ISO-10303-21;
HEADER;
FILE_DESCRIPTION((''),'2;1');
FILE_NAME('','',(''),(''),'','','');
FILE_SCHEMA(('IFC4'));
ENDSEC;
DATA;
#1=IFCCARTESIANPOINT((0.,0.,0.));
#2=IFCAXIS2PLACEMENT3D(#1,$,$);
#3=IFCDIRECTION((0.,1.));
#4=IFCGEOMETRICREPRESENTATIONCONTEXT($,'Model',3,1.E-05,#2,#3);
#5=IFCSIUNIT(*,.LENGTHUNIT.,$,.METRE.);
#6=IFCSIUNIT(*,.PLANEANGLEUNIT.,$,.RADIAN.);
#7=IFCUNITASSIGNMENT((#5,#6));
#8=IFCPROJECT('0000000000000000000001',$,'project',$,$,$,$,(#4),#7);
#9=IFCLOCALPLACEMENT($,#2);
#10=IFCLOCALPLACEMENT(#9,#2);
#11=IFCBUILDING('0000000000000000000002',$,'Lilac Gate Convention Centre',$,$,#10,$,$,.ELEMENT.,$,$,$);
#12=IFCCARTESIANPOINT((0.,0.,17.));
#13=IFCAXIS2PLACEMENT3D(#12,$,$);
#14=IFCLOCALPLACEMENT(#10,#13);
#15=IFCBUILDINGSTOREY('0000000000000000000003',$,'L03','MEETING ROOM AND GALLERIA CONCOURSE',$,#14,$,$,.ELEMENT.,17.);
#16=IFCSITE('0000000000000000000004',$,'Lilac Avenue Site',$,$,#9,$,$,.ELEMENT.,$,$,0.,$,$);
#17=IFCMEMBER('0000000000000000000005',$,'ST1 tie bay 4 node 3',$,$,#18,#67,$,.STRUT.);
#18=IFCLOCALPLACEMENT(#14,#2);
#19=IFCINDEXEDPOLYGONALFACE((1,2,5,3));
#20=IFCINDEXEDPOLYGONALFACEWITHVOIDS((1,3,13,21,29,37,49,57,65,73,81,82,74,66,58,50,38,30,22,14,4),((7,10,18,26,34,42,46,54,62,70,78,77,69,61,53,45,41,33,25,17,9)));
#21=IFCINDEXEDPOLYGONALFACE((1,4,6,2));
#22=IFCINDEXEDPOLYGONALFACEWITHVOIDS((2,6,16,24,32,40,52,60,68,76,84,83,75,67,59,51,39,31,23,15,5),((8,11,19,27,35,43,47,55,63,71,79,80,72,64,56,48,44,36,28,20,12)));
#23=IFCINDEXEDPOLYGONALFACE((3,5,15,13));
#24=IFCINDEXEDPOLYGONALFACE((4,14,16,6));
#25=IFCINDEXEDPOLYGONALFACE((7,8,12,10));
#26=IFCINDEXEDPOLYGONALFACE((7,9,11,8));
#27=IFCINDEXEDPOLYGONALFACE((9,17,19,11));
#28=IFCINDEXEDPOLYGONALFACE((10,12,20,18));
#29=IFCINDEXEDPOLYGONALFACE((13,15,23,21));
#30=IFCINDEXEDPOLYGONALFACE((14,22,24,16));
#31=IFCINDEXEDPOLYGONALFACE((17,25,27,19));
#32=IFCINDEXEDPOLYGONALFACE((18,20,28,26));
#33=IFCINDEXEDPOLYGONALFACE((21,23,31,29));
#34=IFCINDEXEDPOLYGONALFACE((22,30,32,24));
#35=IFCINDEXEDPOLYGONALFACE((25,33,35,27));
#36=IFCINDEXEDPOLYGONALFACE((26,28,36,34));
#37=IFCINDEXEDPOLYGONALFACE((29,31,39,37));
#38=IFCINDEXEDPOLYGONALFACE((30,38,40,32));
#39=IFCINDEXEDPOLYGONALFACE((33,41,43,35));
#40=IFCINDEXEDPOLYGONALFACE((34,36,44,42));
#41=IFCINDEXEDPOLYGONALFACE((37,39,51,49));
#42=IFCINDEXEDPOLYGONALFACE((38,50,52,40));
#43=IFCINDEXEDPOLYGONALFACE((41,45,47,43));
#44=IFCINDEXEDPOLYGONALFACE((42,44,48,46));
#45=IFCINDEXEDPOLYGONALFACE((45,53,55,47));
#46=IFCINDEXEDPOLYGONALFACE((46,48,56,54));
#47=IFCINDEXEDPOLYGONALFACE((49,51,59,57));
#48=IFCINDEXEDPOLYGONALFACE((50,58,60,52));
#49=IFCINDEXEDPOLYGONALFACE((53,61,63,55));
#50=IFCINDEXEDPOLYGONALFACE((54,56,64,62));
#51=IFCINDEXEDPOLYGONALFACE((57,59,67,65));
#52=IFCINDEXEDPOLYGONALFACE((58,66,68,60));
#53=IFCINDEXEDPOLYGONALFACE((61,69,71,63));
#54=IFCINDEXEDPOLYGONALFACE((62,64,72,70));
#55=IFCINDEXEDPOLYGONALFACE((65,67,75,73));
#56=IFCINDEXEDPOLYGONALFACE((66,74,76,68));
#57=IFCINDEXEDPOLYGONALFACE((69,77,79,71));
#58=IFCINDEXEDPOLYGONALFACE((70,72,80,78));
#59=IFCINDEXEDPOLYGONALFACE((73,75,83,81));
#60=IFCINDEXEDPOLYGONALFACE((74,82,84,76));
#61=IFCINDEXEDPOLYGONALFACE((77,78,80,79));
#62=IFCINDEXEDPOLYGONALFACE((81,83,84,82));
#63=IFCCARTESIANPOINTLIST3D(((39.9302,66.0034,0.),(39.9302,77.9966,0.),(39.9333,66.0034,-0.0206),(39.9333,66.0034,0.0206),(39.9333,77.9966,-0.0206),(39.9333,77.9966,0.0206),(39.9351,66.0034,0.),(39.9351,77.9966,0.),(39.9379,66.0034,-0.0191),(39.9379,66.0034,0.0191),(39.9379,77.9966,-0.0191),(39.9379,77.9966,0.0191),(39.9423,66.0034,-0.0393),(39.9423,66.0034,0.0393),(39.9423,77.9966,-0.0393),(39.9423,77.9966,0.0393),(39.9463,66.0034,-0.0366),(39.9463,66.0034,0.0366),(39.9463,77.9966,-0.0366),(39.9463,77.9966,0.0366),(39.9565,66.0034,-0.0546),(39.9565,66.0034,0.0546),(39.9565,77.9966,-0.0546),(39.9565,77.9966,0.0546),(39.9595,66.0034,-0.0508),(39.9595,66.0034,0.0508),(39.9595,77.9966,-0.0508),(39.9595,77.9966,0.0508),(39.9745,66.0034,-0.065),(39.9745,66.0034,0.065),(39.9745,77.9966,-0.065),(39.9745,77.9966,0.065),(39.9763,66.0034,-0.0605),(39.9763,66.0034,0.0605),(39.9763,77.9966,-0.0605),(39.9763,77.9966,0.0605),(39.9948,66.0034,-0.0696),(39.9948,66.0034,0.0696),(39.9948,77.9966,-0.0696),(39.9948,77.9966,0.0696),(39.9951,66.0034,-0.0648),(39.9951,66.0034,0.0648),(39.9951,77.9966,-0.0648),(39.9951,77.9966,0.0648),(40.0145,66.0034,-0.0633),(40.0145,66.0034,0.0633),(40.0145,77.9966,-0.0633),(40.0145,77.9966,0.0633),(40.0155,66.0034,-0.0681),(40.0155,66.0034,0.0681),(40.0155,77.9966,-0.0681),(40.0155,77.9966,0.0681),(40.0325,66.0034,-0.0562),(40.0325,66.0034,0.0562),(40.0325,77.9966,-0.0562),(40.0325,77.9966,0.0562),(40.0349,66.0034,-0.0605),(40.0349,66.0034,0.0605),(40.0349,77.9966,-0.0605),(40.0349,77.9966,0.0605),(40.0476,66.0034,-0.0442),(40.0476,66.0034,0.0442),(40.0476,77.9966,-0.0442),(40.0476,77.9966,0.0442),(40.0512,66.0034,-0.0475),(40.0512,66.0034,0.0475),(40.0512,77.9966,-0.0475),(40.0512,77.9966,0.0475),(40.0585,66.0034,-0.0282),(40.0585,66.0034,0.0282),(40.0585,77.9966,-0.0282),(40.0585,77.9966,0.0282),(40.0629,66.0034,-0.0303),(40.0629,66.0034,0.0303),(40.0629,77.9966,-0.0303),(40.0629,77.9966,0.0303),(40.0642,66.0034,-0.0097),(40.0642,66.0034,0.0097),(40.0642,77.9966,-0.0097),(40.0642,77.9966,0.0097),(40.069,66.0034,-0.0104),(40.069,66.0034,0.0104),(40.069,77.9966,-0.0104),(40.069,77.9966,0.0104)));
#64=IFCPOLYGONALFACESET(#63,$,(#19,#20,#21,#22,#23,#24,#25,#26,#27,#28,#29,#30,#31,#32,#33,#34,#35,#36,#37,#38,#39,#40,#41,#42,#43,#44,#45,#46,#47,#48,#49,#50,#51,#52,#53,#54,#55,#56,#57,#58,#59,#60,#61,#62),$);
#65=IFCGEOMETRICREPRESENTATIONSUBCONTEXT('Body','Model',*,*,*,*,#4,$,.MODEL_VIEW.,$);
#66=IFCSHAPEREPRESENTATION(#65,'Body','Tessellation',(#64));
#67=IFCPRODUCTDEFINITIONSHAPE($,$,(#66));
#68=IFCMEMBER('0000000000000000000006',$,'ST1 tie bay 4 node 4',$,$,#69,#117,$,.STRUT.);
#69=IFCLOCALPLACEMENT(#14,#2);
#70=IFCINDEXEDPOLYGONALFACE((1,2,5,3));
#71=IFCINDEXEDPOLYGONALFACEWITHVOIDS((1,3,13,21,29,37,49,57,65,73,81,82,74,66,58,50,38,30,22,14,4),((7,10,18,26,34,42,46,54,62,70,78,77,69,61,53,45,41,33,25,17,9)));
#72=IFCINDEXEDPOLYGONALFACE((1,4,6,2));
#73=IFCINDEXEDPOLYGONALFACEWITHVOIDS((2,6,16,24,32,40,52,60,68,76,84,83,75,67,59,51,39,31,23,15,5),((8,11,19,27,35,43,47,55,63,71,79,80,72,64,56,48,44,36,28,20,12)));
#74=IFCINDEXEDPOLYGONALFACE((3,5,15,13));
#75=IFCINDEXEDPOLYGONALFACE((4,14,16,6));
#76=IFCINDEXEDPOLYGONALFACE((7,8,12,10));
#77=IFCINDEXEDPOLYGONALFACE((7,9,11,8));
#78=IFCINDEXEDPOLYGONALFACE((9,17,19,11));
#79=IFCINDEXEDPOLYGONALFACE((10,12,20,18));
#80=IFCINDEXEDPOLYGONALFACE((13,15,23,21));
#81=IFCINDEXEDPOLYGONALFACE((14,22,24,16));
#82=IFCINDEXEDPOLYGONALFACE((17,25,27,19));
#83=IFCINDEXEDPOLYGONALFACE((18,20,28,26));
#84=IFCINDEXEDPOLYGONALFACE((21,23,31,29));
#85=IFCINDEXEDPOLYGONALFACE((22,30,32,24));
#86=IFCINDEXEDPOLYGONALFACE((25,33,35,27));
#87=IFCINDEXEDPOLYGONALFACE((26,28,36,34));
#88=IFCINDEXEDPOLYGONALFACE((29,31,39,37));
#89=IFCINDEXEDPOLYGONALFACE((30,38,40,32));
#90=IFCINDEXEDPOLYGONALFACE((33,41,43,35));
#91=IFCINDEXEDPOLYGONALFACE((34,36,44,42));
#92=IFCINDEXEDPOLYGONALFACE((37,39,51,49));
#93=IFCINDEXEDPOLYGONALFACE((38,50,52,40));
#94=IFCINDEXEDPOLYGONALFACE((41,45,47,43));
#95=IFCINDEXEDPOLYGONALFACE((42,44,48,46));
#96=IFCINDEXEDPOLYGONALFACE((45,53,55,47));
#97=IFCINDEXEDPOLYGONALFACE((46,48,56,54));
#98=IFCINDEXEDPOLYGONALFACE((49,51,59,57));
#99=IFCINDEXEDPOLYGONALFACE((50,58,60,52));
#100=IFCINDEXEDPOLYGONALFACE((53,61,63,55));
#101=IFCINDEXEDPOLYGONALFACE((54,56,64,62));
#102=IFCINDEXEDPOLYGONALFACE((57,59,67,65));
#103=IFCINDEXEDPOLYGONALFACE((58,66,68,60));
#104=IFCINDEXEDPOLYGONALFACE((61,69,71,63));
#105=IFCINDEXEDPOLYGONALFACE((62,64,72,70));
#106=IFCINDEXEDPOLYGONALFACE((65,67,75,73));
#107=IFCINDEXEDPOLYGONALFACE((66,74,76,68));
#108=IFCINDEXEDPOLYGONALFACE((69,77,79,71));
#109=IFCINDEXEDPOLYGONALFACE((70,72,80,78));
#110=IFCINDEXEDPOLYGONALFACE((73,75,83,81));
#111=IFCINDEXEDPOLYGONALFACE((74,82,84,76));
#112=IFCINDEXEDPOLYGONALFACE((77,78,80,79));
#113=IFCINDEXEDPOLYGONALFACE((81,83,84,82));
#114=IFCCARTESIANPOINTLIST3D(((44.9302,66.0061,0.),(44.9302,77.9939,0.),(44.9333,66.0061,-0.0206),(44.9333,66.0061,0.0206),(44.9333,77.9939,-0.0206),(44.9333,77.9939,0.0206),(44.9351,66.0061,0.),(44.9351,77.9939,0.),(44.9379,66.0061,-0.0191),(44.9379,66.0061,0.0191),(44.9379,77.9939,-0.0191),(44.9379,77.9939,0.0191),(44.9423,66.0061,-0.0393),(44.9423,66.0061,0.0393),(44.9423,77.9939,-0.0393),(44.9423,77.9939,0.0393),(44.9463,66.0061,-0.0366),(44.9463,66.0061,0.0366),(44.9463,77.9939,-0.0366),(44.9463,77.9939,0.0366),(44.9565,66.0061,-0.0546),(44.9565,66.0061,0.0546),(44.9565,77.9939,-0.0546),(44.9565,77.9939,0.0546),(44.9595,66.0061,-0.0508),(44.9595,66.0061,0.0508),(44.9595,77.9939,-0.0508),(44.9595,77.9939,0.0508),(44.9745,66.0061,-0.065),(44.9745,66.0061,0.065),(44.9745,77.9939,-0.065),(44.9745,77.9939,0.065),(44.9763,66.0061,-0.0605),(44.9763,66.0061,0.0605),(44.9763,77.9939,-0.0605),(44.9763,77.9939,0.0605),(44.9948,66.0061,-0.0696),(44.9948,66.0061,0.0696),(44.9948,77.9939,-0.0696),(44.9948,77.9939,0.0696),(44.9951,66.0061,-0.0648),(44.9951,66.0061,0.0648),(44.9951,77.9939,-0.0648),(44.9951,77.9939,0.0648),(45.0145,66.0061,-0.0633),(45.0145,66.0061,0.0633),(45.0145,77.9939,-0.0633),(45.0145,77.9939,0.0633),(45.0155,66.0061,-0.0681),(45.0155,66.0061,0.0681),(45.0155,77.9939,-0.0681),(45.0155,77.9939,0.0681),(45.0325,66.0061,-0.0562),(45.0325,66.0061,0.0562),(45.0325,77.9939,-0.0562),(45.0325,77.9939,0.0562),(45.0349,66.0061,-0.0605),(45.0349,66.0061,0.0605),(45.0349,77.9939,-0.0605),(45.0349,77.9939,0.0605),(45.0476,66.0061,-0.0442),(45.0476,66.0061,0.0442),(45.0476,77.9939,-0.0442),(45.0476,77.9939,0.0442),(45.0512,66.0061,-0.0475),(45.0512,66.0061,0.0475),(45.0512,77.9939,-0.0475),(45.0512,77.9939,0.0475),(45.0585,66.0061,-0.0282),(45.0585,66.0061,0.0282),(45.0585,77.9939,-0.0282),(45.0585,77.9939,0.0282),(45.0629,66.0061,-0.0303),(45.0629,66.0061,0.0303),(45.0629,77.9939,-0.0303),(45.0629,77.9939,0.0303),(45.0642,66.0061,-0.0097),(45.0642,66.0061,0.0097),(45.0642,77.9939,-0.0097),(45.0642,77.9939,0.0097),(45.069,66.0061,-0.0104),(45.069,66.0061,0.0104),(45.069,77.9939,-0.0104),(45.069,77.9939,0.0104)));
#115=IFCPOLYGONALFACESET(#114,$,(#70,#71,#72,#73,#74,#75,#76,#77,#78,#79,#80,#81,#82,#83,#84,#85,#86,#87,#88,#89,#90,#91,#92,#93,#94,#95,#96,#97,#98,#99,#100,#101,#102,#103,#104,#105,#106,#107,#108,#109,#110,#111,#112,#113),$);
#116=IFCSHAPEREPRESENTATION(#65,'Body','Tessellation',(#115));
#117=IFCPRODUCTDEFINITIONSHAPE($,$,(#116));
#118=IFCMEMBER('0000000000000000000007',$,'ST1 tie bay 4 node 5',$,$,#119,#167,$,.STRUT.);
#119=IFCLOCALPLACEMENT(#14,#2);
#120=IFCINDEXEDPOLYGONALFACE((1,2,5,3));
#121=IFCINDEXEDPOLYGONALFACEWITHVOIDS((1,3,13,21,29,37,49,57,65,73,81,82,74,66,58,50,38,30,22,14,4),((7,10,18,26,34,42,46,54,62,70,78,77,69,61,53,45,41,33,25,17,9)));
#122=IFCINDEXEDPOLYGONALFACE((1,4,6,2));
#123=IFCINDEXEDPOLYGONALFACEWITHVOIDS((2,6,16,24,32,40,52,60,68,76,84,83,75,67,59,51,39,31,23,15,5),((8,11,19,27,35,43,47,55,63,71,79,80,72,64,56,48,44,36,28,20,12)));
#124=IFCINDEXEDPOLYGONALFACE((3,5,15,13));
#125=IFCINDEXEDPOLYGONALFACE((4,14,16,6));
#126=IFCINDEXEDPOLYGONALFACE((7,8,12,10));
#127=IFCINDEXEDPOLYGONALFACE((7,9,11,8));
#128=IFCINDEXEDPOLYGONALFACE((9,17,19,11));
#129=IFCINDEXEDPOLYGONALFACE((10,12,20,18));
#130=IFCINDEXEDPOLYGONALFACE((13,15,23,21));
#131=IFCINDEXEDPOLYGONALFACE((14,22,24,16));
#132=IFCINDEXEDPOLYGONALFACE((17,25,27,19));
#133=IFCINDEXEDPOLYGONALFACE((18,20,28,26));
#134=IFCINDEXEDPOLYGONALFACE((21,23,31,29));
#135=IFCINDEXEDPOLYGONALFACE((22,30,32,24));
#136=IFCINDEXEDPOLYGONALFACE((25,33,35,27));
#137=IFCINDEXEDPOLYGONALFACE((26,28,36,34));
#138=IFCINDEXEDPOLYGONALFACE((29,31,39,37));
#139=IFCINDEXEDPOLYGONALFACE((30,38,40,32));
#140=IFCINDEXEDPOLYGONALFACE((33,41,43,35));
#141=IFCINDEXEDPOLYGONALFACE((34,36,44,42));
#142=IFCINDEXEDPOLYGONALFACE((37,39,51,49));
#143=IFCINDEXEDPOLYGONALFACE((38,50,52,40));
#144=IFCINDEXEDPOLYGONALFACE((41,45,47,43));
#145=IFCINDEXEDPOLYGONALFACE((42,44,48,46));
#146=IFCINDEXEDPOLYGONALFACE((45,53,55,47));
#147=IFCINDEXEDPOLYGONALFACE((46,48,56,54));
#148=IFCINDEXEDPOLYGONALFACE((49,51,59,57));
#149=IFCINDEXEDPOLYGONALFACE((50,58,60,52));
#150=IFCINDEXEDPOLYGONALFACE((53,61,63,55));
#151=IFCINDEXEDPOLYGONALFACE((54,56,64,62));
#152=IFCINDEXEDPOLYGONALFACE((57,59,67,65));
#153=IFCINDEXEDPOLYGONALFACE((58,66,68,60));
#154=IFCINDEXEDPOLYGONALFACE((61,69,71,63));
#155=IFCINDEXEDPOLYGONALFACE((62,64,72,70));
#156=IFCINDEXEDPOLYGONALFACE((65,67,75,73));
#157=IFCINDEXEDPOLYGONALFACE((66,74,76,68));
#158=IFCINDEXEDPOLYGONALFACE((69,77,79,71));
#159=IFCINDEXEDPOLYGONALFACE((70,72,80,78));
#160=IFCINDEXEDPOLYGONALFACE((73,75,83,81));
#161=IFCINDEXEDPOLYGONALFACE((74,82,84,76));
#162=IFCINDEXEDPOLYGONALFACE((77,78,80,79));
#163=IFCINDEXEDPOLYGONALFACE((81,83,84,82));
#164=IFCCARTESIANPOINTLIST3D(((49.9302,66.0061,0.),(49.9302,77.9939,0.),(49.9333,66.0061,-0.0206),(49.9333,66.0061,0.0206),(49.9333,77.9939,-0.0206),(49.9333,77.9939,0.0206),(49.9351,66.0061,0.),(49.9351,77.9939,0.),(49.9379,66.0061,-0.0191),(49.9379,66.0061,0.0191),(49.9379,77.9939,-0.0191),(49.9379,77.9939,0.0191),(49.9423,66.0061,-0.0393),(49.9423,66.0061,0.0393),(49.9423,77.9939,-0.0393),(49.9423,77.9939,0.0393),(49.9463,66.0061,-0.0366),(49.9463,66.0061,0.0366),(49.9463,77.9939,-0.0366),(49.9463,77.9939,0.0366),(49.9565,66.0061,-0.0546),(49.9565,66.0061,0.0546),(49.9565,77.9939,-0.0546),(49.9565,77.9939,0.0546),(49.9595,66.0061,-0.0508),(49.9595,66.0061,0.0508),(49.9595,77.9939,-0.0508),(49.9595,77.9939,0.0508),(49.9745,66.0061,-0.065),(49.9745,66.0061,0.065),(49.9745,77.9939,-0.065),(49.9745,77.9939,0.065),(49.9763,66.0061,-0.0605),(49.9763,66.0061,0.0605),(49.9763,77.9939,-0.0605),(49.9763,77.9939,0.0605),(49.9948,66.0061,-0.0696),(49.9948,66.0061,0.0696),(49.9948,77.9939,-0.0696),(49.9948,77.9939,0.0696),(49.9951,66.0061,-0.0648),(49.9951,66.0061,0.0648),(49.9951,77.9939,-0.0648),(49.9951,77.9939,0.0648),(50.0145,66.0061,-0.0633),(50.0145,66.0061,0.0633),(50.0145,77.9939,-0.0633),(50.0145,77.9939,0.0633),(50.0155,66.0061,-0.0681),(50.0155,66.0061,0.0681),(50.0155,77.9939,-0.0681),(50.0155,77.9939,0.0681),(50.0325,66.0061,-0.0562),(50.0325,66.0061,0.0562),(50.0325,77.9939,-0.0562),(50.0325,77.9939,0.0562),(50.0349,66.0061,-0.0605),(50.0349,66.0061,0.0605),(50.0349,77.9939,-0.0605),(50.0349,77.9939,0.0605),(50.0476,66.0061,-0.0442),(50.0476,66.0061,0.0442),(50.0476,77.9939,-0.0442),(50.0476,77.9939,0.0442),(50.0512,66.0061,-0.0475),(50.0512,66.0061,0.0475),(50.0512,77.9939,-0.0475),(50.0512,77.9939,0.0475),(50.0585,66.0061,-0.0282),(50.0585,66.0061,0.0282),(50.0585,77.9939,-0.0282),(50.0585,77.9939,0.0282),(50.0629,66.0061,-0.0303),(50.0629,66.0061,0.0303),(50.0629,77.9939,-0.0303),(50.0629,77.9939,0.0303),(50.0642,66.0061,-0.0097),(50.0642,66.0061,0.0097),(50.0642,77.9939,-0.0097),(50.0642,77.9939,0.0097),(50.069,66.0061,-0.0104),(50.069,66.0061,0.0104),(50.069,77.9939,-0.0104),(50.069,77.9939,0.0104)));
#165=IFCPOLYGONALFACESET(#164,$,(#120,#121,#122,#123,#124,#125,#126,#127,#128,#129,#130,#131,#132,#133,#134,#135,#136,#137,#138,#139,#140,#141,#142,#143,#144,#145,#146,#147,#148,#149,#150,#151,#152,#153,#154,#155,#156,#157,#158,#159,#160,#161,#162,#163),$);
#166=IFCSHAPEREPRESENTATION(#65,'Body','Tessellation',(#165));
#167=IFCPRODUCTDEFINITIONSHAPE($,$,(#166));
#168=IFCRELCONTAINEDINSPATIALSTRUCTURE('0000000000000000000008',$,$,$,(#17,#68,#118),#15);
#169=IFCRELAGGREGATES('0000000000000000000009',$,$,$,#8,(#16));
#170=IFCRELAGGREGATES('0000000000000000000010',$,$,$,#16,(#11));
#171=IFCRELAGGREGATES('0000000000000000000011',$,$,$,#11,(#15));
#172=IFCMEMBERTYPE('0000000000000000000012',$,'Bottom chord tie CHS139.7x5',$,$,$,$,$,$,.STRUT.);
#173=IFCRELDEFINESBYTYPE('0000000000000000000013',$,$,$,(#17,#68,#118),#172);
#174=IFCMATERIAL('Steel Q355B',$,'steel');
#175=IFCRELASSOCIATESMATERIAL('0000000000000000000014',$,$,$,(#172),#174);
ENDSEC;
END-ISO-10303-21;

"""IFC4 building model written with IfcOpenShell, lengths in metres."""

from ifc_helpers import new_model, si_unit, direction, frame, origin, origin_2d, place, context, subcontext, project, spatial, hollow_circle, extrude, material, material_profile, profile_set, type_object, element, save


model = new_model("IFC4")

# Units and contexts
model_context = context("Model", 3, precision=1e-05, world=origin(), true_north=direction((0.0, 1.0)))
body_context = subcontext(model_context, "Body", "Model", "MODEL_VIEW")
ifc_project = project(units=[si_unit("LENGTHUNIT", "METRE"), si_unit("PLANEANGLEUNIT", "RADIAN")], contexts=[model_context])

# Site, building, storey
site_placement = place(None, origin())
site = spatial("IfcSite", under=ifc_project, at=site_placement, Name="Lilac Avenue Site", CompositionType="ELEMENT", RefElevation=0.0)
building_placement = place(site_placement, origin())
building = spatial("IfcBuilding", under=site, at=building_placement, Name="Lilac Gate Convention Centre", CompositionType="ELEMENT")
storey_placement = place(building_placement, frame((0.0, 0.0, 17.0)))
storey = spatial("IfcBuildingStorey", under=building, at=storey_placement, Name="L03", Description="MEETING ROOM AND GALLERIA CONCOURSE", CompositionType="ELEMENT", Elevation=17.0)

# Members
ifc_material = material(Name="Steel Q355B", Category="steel")
ifc_material_profile_1 = material_profile(ifc_material, hollow_circle(Radius=0.0698, WallThickness=0.0049, at=origin_2d()), Name="CHS139.7x5")
ifc_profile_set_1 = profile_set([ifc_material_profile_1], Name="Steel Q355B")
member_type_1 = type_object("IfcMemberType", Name="Bottom chord tie CHS139.7x5", PredefinedType="STRUT", material=ifc_profile_set_1)
member_1_placement = place(storey_placement, frame((40.0, 66.0034, 0.0), z_axis=(0.0, 1.0, 0.0), x_axis=(-1.0, 0.0, 0.0)))
element("IfcMember", 1, at=member_1_placement, inside=storey, type_object=member_type_1, Name="ST1 tie bay 4 node 3", PredefinedType="STRUT", context=body_context, shape_type="SweptSolid", body=[
    extrude(hollow_circle(Radius=0.0698, WallThickness=0.0049, at=origin_2d()), origin(), (0.0, 0.0, 1.0), 11.9932),
])
for number, where, z_axis, x_axis, name in (
    (2, (45.0, 66.0061, 0.0), (0.0, 1.0, 0.0), (-1.0, 0.0, 0.0), "ST1 tie bay 4 node 4"),
    (3, (50.0, 66.0061, 0.0), (0.0, 1.0, 0.0), (-1.0, 0.0, 0.0), "ST1 tie bay 4 node 5"),
):
    element("IfcMember", number, at=place(storey_placement, frame(where, z_axis=z_axis, x_axis=x_axis)), inside=storey, type_object=member_type_1, Name=name, PredefinedType="STRUT", context=body_context, shape_type="SweptSolid", body=[
        extrude(hollow_circle(Radius=0.0698, WallThickness=0.0049, at=origin_2d()), origin(), (0.0, 0.0, 1.0), 11.9878),
    ])

save(model, "model.ifc")
